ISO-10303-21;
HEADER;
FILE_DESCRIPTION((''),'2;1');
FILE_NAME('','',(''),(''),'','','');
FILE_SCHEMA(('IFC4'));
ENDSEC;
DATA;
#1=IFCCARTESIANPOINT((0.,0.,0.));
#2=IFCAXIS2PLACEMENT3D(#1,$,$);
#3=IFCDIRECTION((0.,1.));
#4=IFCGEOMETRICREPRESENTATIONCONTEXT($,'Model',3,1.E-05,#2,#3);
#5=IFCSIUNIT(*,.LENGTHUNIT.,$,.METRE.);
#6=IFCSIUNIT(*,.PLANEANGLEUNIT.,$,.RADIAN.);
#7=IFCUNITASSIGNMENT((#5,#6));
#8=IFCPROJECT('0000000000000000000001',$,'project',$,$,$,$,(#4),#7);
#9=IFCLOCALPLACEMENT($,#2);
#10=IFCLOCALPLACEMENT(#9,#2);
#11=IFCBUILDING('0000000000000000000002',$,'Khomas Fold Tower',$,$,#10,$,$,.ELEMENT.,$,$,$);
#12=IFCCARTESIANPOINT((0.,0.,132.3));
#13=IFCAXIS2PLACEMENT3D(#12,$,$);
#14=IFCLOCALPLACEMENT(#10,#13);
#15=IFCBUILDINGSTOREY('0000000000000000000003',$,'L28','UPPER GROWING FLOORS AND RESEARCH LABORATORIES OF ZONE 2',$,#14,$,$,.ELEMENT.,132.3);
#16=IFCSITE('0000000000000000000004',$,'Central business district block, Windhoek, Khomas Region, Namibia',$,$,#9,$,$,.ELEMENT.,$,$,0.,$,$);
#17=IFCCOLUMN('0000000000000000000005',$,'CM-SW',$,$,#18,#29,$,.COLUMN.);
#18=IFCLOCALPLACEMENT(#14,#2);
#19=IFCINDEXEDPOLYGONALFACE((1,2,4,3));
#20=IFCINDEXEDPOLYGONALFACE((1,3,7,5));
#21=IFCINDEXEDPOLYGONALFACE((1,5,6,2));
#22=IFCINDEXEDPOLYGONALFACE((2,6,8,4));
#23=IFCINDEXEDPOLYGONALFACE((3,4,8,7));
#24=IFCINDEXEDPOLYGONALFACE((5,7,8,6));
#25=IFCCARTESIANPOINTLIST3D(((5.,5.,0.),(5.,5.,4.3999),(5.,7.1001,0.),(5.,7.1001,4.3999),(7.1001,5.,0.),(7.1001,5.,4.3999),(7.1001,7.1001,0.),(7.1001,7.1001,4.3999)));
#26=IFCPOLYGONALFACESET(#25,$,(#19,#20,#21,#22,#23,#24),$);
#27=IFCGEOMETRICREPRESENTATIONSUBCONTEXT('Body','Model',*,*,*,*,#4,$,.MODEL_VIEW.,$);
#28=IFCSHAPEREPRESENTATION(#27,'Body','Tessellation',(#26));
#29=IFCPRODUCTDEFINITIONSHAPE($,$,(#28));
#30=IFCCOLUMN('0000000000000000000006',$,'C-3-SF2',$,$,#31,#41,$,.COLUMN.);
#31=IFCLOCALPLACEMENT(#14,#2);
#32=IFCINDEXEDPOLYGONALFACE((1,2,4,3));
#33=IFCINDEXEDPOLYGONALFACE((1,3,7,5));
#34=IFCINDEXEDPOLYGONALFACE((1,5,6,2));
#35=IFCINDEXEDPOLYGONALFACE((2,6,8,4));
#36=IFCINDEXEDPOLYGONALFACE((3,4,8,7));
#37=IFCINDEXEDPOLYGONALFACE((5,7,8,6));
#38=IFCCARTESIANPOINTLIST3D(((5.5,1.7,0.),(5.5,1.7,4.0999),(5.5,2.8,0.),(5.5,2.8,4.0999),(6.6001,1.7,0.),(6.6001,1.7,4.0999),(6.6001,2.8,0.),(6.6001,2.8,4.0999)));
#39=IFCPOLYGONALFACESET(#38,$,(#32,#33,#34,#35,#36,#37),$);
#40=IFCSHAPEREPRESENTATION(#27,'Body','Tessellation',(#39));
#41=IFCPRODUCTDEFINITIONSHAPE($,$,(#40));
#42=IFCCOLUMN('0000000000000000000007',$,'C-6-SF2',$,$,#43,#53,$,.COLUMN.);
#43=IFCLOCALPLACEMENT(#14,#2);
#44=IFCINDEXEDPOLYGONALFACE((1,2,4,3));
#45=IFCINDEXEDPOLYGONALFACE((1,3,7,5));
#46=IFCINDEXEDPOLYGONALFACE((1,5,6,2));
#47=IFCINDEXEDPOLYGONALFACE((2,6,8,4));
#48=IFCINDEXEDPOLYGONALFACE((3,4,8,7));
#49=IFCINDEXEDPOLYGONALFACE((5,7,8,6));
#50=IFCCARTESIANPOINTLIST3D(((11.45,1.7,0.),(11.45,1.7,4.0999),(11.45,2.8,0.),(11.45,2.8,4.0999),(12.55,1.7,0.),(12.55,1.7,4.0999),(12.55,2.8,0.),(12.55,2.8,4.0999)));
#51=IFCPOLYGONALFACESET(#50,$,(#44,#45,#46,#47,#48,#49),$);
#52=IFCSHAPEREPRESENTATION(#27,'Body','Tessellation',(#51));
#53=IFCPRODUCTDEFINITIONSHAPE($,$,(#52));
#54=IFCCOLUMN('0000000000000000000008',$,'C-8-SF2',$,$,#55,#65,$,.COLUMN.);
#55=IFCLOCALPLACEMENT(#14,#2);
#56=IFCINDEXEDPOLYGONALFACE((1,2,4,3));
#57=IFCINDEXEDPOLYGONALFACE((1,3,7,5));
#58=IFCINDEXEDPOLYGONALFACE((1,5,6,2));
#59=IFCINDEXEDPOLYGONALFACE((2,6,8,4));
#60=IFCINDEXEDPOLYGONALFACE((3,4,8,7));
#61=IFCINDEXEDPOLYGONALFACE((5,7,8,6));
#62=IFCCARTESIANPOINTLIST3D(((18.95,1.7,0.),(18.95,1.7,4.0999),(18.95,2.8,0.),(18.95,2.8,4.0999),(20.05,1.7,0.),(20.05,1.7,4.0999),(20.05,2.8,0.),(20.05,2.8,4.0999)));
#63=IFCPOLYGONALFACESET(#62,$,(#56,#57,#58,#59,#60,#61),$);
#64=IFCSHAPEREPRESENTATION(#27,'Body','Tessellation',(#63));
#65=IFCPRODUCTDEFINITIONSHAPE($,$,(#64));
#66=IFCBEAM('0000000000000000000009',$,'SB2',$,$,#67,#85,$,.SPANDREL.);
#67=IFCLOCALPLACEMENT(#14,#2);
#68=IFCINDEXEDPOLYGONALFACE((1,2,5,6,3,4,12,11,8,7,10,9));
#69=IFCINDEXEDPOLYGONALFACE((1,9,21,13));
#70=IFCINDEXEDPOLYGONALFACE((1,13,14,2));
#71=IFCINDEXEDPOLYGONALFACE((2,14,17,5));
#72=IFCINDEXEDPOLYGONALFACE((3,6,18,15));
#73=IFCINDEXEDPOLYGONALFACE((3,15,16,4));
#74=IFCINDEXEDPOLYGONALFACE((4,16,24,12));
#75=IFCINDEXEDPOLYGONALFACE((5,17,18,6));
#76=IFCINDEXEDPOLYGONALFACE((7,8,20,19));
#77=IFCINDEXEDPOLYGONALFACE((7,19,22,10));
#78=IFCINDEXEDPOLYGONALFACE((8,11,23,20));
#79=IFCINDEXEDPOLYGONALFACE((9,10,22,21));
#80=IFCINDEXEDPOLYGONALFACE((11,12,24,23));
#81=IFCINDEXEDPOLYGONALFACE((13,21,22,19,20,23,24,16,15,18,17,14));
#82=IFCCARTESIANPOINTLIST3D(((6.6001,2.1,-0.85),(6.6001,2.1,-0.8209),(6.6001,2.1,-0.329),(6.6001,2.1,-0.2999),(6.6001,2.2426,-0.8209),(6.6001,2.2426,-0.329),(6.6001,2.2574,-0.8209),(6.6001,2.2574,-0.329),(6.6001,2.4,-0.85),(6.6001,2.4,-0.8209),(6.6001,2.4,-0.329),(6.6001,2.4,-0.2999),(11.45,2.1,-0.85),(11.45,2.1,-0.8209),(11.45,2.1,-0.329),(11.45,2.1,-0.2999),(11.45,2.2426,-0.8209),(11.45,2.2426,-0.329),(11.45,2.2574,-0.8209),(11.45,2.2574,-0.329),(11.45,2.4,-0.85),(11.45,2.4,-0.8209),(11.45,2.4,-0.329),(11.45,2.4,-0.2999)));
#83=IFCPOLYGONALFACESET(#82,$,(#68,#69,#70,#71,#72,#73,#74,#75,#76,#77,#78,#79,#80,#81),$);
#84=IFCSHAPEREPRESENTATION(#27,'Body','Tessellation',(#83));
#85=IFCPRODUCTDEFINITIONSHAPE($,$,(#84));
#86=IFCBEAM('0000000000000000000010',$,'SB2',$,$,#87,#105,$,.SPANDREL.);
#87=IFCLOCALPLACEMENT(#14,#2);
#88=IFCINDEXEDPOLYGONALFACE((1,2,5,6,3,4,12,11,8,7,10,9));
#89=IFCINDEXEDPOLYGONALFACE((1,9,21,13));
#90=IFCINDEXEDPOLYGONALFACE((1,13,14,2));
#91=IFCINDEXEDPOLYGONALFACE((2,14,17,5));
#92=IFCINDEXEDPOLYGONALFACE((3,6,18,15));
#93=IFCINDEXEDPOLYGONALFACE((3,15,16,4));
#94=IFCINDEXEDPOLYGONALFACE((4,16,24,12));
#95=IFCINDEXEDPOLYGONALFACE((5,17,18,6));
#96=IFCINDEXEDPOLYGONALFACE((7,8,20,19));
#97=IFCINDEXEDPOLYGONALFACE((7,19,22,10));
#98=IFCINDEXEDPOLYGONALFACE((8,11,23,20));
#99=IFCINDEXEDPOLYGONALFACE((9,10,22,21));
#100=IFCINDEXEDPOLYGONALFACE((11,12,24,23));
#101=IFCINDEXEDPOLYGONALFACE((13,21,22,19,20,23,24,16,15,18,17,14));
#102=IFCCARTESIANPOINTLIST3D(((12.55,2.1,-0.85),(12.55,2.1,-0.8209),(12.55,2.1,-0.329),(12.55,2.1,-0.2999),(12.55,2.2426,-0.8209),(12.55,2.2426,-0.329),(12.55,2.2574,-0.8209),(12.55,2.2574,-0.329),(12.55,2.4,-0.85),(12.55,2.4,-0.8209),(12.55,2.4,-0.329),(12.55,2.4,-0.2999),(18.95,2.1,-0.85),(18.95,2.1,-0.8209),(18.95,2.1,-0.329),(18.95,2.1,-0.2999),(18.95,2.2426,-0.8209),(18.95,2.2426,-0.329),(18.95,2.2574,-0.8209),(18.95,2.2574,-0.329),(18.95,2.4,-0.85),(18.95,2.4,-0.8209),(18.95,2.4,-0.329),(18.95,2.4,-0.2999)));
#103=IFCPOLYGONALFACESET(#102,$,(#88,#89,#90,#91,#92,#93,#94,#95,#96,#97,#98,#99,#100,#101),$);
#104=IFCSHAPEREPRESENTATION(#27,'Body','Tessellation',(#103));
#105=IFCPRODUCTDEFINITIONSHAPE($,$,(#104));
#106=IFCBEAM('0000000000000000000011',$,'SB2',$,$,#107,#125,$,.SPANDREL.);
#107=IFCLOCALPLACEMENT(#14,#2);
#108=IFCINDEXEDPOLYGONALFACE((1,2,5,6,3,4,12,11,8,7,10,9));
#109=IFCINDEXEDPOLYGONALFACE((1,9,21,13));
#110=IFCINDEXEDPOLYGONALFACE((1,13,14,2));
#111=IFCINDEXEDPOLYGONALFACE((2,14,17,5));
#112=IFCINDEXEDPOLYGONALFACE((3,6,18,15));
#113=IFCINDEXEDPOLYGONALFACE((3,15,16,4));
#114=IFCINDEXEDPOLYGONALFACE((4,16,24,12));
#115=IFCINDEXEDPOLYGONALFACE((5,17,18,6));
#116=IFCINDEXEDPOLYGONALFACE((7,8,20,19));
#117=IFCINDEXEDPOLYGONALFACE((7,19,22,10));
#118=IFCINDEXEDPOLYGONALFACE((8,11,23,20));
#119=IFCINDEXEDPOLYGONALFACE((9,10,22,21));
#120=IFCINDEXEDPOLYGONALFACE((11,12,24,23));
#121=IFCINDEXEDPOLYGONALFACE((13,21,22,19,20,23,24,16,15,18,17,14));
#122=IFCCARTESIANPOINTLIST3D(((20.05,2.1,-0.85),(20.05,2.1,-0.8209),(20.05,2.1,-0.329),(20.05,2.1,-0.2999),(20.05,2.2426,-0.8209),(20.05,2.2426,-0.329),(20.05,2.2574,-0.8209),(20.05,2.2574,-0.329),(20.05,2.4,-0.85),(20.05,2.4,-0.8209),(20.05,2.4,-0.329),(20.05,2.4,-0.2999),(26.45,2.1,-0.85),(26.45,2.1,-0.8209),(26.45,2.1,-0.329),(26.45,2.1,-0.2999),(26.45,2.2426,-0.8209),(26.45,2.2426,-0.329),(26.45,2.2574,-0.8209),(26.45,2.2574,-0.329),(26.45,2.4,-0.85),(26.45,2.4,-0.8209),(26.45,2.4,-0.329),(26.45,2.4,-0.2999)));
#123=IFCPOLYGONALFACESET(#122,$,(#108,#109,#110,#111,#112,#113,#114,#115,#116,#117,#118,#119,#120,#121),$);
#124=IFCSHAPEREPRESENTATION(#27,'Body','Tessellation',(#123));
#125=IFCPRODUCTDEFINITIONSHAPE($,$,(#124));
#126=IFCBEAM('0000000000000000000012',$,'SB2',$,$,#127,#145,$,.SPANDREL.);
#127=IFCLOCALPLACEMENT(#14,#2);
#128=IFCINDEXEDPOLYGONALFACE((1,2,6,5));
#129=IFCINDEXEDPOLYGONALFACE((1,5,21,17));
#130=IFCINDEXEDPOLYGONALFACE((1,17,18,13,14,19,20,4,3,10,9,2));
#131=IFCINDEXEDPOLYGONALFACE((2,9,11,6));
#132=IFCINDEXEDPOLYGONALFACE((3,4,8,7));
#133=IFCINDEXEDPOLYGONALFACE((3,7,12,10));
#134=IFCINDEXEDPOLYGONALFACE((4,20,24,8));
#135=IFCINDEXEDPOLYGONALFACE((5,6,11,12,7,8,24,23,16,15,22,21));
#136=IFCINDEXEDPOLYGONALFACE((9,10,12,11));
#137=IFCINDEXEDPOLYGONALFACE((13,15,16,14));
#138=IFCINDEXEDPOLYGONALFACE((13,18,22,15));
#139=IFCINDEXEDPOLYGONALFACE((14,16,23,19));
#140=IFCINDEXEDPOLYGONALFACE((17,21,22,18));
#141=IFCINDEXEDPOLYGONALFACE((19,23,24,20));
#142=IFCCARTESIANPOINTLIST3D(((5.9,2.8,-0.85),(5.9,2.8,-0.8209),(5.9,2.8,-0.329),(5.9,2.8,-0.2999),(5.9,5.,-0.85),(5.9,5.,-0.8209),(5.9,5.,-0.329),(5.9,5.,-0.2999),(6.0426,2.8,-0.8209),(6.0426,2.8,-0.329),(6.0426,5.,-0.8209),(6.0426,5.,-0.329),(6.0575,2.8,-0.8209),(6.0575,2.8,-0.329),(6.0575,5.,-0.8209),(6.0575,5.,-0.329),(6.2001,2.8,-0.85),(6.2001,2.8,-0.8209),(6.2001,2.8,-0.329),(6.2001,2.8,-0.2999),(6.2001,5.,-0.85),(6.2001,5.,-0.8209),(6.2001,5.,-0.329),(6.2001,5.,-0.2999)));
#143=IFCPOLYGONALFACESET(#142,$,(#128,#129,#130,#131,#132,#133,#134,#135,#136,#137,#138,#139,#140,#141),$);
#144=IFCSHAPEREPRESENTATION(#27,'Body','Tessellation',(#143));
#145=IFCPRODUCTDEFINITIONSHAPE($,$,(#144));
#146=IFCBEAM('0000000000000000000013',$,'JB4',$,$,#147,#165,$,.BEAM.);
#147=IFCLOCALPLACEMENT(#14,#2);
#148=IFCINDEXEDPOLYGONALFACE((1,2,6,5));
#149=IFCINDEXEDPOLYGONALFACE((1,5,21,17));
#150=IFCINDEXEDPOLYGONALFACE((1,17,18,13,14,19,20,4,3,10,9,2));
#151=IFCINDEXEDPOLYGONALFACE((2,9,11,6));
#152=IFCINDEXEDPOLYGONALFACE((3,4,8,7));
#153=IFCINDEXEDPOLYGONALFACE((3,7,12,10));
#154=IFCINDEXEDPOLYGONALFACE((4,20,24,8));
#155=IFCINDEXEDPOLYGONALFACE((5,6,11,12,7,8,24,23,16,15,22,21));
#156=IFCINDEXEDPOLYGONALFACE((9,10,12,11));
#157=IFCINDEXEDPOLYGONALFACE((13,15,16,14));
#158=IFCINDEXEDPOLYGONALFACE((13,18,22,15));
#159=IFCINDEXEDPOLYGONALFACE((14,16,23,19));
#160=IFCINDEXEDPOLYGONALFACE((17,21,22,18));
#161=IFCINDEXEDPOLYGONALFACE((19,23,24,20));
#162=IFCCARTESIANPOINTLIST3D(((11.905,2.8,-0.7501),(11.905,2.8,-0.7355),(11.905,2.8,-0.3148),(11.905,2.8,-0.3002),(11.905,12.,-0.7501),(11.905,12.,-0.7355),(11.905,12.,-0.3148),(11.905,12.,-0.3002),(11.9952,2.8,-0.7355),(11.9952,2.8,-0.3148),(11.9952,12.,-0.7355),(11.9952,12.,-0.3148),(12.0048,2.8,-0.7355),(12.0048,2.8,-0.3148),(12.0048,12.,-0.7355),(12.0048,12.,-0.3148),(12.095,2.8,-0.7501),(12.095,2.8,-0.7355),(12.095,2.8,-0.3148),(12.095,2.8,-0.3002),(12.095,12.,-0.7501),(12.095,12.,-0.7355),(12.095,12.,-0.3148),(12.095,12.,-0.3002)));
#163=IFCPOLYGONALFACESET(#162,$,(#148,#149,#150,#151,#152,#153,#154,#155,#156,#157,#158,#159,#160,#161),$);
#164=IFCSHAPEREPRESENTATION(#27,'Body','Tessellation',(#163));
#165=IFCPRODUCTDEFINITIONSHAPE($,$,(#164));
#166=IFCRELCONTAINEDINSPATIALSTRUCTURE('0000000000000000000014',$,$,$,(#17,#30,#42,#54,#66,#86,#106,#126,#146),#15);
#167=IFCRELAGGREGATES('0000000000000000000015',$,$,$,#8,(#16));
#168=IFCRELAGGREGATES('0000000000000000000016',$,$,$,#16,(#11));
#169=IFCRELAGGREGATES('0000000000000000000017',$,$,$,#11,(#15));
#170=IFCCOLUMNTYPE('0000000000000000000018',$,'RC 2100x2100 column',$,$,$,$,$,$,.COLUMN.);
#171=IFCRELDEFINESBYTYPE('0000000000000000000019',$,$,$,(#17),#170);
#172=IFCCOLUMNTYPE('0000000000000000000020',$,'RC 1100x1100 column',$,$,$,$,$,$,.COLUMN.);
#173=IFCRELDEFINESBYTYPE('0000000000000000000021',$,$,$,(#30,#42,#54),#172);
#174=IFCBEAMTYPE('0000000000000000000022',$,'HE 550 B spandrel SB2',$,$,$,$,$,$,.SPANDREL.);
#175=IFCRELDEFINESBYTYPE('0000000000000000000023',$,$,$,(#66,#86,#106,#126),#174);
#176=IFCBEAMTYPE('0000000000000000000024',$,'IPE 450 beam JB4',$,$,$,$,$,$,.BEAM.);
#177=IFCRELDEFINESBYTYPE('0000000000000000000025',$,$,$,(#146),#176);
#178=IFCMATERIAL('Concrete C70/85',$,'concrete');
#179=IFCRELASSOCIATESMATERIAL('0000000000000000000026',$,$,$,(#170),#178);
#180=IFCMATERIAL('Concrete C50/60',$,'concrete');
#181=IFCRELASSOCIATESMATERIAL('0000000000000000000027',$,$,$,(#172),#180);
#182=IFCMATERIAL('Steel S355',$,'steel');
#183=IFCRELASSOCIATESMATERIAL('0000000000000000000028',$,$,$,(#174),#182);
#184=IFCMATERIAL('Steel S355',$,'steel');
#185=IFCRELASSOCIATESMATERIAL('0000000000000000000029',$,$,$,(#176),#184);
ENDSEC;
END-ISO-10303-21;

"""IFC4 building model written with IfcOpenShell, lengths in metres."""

from ifc_helpers import new_model, si_unit, direction, frame, origin, origin_2d, place, context, subcontext, project, spatial, rectangle, i_section, extrude, source, transform, mapped, material, material_profile, profile_set, type_object, element, save


model = new_model("IFC4")

# Units and contexts
model_context = context("Model", 3, precision=1e-05, world=origin(), true_north=direction((0.0, 1.0)))
body_context = subcontext(model_context, "Body", "Model", "MODEL_VIEW")
ifc_project = project(units=[si_unit("LENGTHUNIT", "METRE"), si_unit("PLANEANGLEUNIT", "RADIAN")], contexts=[model_context])

# Site, building, storey
site_placement = place(None, origin())
site = spatial("IfcSite", under=ifc_project, at=site_placement, Name="Central business district block, Windhoek, Khomas Region, Namibia", CompositionType="ELEMENT", RefElevation=0.0)
building_placement = place(site_placement, origin())
building = spatial("IfcBuilding", under=site, at=building_placement, Name="Khomas Fold Tower", CompositionType="ELEMENT")
storey_placement = place(building_placement, frame((0.0, 0.0, 132.3)))
storey = spatial("IfcBuildingStorey", under=building, at=storey_placement, Name="L28", Description="UPPER GROWING FLOORS AND RESEARCH LABORATORIES OF ZONE 2", CompositionType="ELEMENT", Elevation=132.3)

# Columns
ifc_material_1 = material(Name="Concrete C70/85", Category="concrete")
ifc_material_profile_1 = material_profile(ifc_material_1, rectangle(XDim=2.1001, YDim=2.1001, at=origin_2d()), Name="RC 2100x2100")
ifc_profile_set_1 = profile_set([ifc_material_profile_1], Name="Concrete C70/85")
column_type_1 = type_object("IfcColumnType", Name="RC 2100x2100 column", PredefinedType="COLUMN", material=ifc_profile_set_1)
shared_shape_1 = source(origin(), body_context, "Body", "SweptSolid", [
    extrude(rectangle(XDim=2.1001, YDim=2.1001, at=origin_2d()), origin(), (0.0, 0.0, 1.0), 4.3999),
])
column_placement = place(storey_placement, frame((6.05, 6.05, 0.0), z_axis=(0.0, 0.0, 1.0), x_axis=(1.0, 0.0, 0.0)))
element("IfcColumn", 1, at=column_placement, inside=storey, type_object=column_type_1, Name="CM-SW", PredefinedType="COLUMN", context=body_context, shape_type="MappedRepresentation", body=[
    mapped(shared_shape_1, transform((0.0, 0.0, 0.0))),
])
ifc_material_2 = material(Name="Concrete C50/60", Category="concrete")
ifc_material_profile_2 = material_profile(ifc_material_2, rectangle(XDim=1.1001, YDim=1.1001, at=origin_2d()), Name="RC 1100x1100")
ifc_profile_set_2 = profile_set([ifc_material_profile_2], Name="Concrete C50/60")
column_type_2 = type_object("IfcColumnType", Name="RC 1100x1100 column", PredefinedType="COLUMN", material=ifc_profile_set_2)
shared_shape_2 = source(origin(), body_context, "Body", "SweptSolid", [
    extrude(rectangle(XDim=1.1001, YDim=1.1001, at=origin_2d()), origin(), (0.0, 0.0, 1.0), 4.0999),
])
for number, where, z_axis, x_axis, name in (
    (2, (6.05, 2.25, 0.0), (0.0, 0.0, 1.0), (1.0, 0.0, 0.0), "C-3-SF2"),
    (3, (12.0, 2.25, 0.0), (0.0, 0.0, 1.0), (1.0, 0.0, 0.0), "C-6-SF2"),
    (4, (19.5, 2.25, 0.0), (0.0, 0.0, 1.0), (1.0, 0.0, 0.0), "C-8-SF2"),
):
    element("IfcColumn", number, at=place(storey_placement, frame(where, z_axis=z_axis, x_axis=x_axis)), inside=storey, type_object=column_type_2, Name=name, PredefinedType="COLUMN", context=body_context, shape_type="MappedRepresentation", body=[
        mapped(shared_shape_2, transform((0.0, 0.0, 0.0))),
    ])

# Beams
ifc_material_3 = material(Name="Steel S355", Category="steel")
ifc_material_profile_3 = material_profile(ifc_material_3, i_section(OverallWidth=0.3, OverallDepth=0.55, WebThickness=0.0149, FlangeThickness=0.0291, at=origin_2d()), Name="HE 550 B")
ifc_profile_set_3 = profile_set([ifc_material_profile_3], Name="Steel S355")
beam_type_1 = type_object("IfcBeamType", Name="HE 550 B spandrel SB2", PredefinedType="SPANDREL", material=ifc_profile_set_3)
shared_shape_3 = source(origin(), body_context, "Body", "SweptSolid", [
    extrude(i_section(OverallWidth=0.3, OverallDepth=0.55, WebThickness=0.0149, FlangeThickness=0.0291, at=origin_2d()), origin(), (0.0, 0.0, 1.0), 4.8499),
])
beam_1_placement = place(storey_placement, frame((6.6001, 2.25, -0.575), z_axis=(1.0, 0.0, 0.0), x_axis=(0.0, 1.0, 0.0)))
element("IfcBeam", 5, at=beam_1_placement, inside=storey, type_object=beam_type_1, Name="SB2", PredefinedType="SPANDREL", context=body_context, shape_type="MappedRepresentation", body=[
    mapped(shared_shape_3, transform((0.0, 0.0, 0.0))),
])
shared_shape_4 = source(origin(), body_context, "Body", "SweptSolid", [
    extrude(i_section(OverallWidth=0.3, OverallDepth=0.55, WebThickness=0.0149, FlangeThickness=0.0291, at=origin_2d()), origin(), (0.0, 0.0, 1.0), 6.3999),
])
for number, where, z_axis, x_axis, name in (
    (6, (12.55, 2.25, -0.575), (1.0, 0.0, 0.0), (0.0, 1.0, 0.0), "SB2"),
    (7, (20.05, 2.25, -0.575), (1.0, 0.0, 0.0), (0.0, 1.0, 0.0), "SB2"),
):
    element("IfcBeam", number, at=place(storey_placement, frame(where, z_axis=z_axis, x_axis=x_axis)), inside=storey, type_object=beam_type_1, Name=name, PredefinedType="SPANDREL", context=body_context, shape_type="MappedRepresentation", body=[
        mapped(shared_shape_4, transform((0.0, 0.0, 0.0))),
    ])
shared_shape_5 = source(origin(), body_context, "Body", "SweptSolid", [
    extrude(i_section(OverallWidth=0.3, OverallDepth=0.55, WebThickness=0.0149, FlangeThickness=0.0291, at=origin_2d()), origin(), (0.0, 0.0, 1.0), 2.2),
])
beam_2_placement = place(storey_placement, frame((6.05, 2.8, -0.575), z_axis=(0.0, 1.0, 0.0), x_axis=(-1.0, 0.0, 0.0)))
element("IfcBeam", 8, at=beam_2_placement, inside=storey, type_object=beam_type_1, Name="SB2", PredefinedType="SPANDREL", context=body_context, shape_type="MappedRepresentation", body=[
    mapped(shared_shape_5, transform((0.0, 0.0, 0.0))),
])
ifc_material_4 = material(Name="Steel S355", Category="steel")
ifc_material_profile_4 = material_profile(ifc_material_4, i_section(OverallWidth=0.1899, OverallDepth=0.45, WebThickness=0.0095, FlangeThickness=0.0146, at=origin_2d()), Name="IPE 450")
ifc_profile_set_4 = profile_set([ifc_material_profile_4], Name="Steel S355")
beam_type_2 = type_object("IfcBeamType", Name="IPE 450 beam JB4", PredefinedType="BEAM", material=ifc_profile_set_4)
shared_shape_6 = source(origin(), body_context, "Body", "SweptSolid", [
    extrude(i_section(OverallWidth=0.1899, OverallDepth=0.45, WebThickness=0.0095, FlangeThickness=0.0146, at=origin_2d()), origin(), (0.0, 0.0, 1.0), 9.2),
])
beam_3_placement = place(storey_placement, frame((12.0, 2.8, -0.5251), z_axis=(0.0, 1.0, 0.0), x_axis=(-1.0, 0.0, 0.0)))
element("IfcBeam", 9, at=beam_3_placement, inside=storey, type_object=beam_type_2, Name="JB4", PredefinedType="BEAM", context=body_context, shape_type="MappedRepresentation", body=[
    mapped(shared_shape_6, transform((0.0, 0.0, 0.0))),
])

save(model, "model.ifc")
